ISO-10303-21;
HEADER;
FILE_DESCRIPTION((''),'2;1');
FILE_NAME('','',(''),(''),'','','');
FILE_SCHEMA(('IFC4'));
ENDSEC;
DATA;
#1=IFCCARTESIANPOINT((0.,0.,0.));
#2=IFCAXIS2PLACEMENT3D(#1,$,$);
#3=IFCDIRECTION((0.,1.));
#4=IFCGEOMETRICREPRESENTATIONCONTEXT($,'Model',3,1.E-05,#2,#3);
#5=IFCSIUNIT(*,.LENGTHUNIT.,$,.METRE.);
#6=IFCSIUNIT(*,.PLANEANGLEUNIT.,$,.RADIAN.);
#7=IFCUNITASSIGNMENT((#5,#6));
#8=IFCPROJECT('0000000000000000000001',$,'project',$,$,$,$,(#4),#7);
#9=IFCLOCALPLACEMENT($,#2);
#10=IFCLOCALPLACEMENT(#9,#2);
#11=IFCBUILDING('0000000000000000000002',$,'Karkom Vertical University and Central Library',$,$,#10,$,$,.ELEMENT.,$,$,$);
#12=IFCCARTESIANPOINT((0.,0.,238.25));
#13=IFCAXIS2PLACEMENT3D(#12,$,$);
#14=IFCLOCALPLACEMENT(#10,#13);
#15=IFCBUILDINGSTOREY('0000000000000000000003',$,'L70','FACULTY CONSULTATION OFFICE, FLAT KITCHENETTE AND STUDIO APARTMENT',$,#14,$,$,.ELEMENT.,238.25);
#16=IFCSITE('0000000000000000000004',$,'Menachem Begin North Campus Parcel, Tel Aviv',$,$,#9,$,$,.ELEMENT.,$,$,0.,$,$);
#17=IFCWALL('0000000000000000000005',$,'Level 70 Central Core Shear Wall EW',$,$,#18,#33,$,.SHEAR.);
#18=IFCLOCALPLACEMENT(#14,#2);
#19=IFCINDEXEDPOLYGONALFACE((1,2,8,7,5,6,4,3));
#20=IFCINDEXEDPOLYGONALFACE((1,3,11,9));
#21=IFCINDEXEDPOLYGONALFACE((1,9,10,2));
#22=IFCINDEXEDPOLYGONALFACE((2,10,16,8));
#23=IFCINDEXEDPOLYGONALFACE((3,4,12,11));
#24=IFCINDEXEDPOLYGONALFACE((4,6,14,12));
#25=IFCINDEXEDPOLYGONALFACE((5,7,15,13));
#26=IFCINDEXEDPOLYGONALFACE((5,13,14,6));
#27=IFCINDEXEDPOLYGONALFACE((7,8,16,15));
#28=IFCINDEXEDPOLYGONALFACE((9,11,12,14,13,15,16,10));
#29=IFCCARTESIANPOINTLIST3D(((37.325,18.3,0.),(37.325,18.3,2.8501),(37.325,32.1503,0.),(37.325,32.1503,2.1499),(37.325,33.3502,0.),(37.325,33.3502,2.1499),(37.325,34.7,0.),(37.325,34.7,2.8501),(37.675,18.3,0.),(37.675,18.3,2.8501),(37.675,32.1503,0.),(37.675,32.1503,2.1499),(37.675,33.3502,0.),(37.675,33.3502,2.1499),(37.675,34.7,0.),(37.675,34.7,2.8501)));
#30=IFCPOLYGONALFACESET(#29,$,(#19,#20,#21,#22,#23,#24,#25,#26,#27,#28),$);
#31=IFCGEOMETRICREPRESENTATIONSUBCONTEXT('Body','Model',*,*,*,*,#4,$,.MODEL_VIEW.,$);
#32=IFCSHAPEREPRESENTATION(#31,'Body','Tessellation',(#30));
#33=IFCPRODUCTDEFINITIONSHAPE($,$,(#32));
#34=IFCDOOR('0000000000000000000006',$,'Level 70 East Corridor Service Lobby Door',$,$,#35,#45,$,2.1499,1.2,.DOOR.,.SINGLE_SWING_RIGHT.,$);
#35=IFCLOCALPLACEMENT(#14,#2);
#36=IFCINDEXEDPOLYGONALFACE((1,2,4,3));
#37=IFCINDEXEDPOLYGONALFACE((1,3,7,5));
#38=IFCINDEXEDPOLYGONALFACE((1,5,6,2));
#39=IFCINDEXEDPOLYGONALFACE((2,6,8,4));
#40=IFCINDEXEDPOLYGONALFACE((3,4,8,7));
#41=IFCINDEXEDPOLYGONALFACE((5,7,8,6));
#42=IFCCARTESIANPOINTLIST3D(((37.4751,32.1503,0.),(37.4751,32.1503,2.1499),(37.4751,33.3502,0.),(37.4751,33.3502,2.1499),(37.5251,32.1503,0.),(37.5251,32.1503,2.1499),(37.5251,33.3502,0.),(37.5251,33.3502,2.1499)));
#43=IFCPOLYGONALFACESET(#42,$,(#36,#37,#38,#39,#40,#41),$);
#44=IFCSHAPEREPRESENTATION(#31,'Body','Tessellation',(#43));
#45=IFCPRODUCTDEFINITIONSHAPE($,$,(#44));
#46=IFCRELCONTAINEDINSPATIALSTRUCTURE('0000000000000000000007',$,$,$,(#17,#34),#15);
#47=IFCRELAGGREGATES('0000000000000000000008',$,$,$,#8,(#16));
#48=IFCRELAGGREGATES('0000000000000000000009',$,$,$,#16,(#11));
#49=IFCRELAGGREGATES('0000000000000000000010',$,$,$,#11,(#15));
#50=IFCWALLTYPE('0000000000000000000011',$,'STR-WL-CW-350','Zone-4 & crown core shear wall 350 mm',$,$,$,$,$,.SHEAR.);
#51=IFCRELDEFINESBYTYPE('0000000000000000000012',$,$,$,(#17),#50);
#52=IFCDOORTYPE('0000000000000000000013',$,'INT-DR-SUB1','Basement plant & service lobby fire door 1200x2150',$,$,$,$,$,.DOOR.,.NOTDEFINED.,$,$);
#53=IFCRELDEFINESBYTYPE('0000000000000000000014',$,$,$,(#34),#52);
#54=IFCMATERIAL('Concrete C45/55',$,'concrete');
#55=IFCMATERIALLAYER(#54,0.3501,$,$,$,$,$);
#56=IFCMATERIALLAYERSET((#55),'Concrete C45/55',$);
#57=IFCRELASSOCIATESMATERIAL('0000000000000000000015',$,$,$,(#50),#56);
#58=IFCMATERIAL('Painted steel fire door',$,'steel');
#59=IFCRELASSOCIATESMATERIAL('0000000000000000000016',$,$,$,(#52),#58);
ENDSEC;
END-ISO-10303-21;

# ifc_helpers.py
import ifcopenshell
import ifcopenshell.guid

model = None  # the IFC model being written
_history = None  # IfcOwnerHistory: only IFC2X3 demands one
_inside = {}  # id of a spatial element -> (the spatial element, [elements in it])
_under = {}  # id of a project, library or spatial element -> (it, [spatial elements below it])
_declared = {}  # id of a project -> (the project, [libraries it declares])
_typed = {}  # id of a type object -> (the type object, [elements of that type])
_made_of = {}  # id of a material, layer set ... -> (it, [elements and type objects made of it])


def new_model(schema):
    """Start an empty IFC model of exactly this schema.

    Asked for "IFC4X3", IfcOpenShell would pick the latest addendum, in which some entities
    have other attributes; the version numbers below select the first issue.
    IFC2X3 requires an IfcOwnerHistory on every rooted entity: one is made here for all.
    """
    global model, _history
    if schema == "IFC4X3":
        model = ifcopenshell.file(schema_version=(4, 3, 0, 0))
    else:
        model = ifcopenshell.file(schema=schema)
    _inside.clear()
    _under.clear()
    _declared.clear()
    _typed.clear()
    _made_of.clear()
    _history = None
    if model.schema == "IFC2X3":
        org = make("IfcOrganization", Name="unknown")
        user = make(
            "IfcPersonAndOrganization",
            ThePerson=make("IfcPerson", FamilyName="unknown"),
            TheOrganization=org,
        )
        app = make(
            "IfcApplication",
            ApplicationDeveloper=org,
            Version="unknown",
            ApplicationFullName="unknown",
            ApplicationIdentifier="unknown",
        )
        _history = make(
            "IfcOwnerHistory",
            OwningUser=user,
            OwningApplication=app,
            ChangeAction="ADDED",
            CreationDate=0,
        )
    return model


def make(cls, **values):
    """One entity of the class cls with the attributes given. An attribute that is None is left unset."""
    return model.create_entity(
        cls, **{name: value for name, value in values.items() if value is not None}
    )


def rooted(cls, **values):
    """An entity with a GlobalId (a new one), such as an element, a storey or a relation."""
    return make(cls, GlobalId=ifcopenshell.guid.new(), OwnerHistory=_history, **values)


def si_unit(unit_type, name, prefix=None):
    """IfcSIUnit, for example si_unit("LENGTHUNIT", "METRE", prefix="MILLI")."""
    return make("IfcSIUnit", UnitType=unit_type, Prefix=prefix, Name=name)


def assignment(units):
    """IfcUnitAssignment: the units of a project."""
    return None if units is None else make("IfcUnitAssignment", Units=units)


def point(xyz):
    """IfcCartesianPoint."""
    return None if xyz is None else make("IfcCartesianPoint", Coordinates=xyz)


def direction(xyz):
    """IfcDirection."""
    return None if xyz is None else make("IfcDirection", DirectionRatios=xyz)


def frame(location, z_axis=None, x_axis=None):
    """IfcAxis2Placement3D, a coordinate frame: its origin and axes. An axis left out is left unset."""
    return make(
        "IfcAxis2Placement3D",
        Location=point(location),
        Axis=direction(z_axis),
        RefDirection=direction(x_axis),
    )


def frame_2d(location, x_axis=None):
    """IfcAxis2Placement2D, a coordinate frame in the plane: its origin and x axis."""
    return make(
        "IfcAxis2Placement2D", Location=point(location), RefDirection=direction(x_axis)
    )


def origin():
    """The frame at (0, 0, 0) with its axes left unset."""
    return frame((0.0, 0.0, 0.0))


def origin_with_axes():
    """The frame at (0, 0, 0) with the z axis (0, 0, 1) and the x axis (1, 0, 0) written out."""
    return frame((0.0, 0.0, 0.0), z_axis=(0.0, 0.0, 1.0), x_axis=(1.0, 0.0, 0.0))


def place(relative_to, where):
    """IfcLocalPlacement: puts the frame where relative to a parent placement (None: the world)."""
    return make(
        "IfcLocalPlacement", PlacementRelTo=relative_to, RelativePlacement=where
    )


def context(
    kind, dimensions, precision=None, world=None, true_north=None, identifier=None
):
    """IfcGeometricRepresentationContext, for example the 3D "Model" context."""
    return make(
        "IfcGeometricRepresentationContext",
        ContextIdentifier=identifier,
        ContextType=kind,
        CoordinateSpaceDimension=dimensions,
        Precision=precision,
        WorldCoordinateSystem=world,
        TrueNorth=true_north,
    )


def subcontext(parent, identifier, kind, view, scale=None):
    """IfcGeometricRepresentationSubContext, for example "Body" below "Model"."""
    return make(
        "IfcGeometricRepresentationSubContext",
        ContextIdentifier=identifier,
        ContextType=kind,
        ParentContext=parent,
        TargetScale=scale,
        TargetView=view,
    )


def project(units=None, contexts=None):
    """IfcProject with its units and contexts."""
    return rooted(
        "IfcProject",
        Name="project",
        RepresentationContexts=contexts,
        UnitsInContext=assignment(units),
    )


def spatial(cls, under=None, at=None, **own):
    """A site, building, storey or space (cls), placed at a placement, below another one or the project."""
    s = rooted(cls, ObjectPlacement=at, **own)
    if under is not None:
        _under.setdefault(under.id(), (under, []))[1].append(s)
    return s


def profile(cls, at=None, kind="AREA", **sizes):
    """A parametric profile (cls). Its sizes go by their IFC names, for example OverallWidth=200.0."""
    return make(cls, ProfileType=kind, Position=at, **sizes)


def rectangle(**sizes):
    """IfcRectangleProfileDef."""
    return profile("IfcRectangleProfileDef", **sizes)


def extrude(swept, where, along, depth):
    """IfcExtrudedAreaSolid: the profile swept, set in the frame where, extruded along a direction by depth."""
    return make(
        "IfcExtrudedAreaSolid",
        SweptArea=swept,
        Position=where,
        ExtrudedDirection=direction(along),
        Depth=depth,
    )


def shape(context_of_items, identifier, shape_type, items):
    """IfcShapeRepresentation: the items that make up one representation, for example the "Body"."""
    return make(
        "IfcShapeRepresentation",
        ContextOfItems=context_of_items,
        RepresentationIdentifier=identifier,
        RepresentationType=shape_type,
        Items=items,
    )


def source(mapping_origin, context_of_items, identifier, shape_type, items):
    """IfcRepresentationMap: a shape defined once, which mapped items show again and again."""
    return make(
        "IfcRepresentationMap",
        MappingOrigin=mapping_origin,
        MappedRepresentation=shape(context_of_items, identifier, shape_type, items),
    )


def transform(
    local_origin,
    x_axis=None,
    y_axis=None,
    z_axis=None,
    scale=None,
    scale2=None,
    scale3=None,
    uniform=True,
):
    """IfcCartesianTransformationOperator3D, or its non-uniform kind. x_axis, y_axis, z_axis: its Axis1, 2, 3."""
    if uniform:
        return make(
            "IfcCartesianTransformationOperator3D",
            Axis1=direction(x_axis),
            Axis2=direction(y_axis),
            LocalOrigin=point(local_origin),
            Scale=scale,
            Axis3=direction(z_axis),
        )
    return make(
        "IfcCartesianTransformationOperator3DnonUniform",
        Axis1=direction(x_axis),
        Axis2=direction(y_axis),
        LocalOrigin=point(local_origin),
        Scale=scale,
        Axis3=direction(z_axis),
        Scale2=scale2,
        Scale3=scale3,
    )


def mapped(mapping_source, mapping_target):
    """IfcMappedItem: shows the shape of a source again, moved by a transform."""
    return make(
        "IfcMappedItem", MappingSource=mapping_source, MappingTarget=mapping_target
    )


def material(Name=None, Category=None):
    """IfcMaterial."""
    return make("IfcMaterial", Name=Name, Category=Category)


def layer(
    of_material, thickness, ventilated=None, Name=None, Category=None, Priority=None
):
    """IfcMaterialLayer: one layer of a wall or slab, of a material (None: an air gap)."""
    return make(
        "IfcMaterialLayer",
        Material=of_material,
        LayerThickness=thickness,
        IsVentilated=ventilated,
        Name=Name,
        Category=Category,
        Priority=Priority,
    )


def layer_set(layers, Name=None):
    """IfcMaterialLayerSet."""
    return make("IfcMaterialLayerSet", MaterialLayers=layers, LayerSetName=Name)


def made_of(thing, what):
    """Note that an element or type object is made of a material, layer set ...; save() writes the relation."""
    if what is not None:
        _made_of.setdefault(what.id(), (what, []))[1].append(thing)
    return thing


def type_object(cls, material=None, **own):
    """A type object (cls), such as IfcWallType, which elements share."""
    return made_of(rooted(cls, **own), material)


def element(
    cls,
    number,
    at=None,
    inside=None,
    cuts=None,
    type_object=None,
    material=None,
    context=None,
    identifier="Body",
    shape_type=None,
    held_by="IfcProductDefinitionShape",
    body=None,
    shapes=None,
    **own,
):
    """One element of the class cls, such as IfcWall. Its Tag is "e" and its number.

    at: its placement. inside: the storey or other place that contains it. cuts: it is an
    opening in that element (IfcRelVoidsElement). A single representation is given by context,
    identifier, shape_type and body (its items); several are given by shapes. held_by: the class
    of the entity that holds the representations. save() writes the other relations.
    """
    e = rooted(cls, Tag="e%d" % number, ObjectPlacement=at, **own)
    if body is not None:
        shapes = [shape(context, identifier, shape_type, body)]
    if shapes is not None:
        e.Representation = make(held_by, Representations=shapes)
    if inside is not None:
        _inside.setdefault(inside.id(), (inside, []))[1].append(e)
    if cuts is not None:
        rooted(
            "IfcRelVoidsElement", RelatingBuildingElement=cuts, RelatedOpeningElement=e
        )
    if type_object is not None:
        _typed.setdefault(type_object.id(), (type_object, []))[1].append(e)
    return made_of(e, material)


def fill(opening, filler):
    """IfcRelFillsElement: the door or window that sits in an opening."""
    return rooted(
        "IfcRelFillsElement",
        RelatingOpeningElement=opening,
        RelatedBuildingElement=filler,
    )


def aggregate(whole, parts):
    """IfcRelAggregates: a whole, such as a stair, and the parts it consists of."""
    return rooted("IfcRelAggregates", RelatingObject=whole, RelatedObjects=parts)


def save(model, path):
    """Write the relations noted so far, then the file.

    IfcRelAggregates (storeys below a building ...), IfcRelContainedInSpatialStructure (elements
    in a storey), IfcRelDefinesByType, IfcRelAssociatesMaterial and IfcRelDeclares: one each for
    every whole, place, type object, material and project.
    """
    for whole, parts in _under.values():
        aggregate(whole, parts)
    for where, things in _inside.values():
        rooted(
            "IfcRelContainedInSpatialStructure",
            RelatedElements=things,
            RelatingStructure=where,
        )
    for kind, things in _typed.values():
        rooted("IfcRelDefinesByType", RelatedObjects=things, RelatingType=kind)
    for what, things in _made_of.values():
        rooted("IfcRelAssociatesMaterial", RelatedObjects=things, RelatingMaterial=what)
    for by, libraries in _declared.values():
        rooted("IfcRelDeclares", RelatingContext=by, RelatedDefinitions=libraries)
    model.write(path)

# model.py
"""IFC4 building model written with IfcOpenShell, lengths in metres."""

from ifc_helpers import new_model, si_unit, direction, frame, frame_2d, origin, origin_with_axes, place, context, subcontext, project, spatial, rectangle, extrude, source, transform, mapped, material, layer, layer_set, type_object, element, fill, save


model = new_model("IFC4")

# Units and contexts
model_context = context("Model", 3, precision=1e-05, world=origin(), true_north=direction((0.0, 1.0)))
body_context = subcontext(model_context, "Body", "Model", "MODEL_VIEW")
ifc_project = project(units=[si_unit("LENGTHUNIT", "METRE"), si_unit("PLANEANGLEUNIT", "RADIAN")], contexts=[model_context])

# Site, building, storey
site_placement = place(None, origin())
site = spatial("IfcSite", under=ifc_project, at=site_placement, Name="Menachem Begin North Campus Parcel, Tel Aviv", CompositionType="ELEMENT", RefElevation=0.0)
building_placement = place(site_placement, origin())
building = spatial("IfcBuilding", under=site, at=building_placement, Name="Karkom Vertical University and Central Library", CompositionType="ELEMENT")
storey_placement = place(building_placement, frame((0.0, 0.0, 238.25)))
storey = spatial("IfcBuildingStorey", under=building, at=storey_placement, Name="L70", Description="FACULTY CONSULTATION OFFICE, FLAT KITCHENETTE AND STUDIO APARTMENT", CompositionType="ELEMENT", Elevation=238.25)

# Shared definitions
ifc_material_1 = material(Name="Concrete C45/55", Category="concrete")

# Wall, opening, door
ifc_layer_1 = layer(ifc_material_1, 0.3501)
ifc_layer_set_1 = layer_set([ifc_layer_1], Name="Concrete C45/55")
wall_type_1 = type_object("IfcWallType", Name="STR-WL-CW-350", Description="Zone-4 & crown core shear wall 350 mm", PredefinedType="SHEAR", material=ifc_layer_set_1)
wall_1_placement = place(storey_placement, frame((37.5, 18.3, 0.0), z_axis=(0.0, 0.0, 1.0), x_axis=(0.0, 1.0, 0.0)))
wall_1 = element("IfcWall", 1, at=wall_1_placement, inside=storey, type_object=wall_type_1, Name="Level 70 Central Core Shear Wall EW", PredefinedType="SHEAR", context=body_context, shape_type="SweptSolid", body=[
    extrude(rectangle(XDim=16.3999, YDim=0.3501, at=frame_2d((8.2, 0.0))), origin(), (0.0, 0.0, 1.0), 2.8501),
])
opening_1_placement = place(wall_1_placement, frame((13.8501, 0.0, 0.0)))
opening_1 = element("IfcOpeningElement", 2, at=opening_1_placement, cuts=wall_1, PredefinedType="OPENING", context=body_context, shape_type="SweptSolid", body=[
    extrude(rectangle(XDim=1.2, YDim=2.1499, at=frame_2d((0.6001, 1.075))), frame((0.0, 0.1851, 0.0), z_axis=(0.0, -1.0, 0.0), x_axis=(1.0, 0.0, 0.0)), (0.0, 0.0, 1.0), 0.3701),
])
ifc_material_2 = material(Name="Painted steel fire door", Category="steel")
door_type_1 = type_object("IfcDoorType", Name="INT-DR-SUB1", Description="Basement plant & service lobby fire door 1200x2150", OperationType="NOTDEFINED", PredefinedType="DOOR", material=ifc_material_2)
shared_shape_1 = source(origin_with_axes(), body_context, "Body", "SweptSolid", [
    extrude(rectangle(XDim=1.2, YDim=2.1499, at=frame_2d((0.6001, 1.075))), frame((0.0, 0.0249, 0.0), z_axis=(0.0, -1.0, 0.0), x_axis=(1.0, 0.0, 0.0)), (0.0, 0.0, 1.0), 0.05),
])
door_1_placement = place(opening_1_placement, origin())
door_1 = element("IfcDoor", 3, at=door_1_placement, inside=storey, type_object=door_type_1, Name="Level 70 East Corridor Service Lobby Door", OperationType="SINGLE_SWING_RIGHT", OverallHeight=2.1499, OverallWidth=1.2, PredefinedType="DOOR", context=body_context, shape_type="MappedRepresentation", body=[
    mapped(shared_shape_1, transform((0.0, 0.0, 0.0), scale=1.0)),
])
fill(opening_1, door_1)

save(model, "model.ifc")
